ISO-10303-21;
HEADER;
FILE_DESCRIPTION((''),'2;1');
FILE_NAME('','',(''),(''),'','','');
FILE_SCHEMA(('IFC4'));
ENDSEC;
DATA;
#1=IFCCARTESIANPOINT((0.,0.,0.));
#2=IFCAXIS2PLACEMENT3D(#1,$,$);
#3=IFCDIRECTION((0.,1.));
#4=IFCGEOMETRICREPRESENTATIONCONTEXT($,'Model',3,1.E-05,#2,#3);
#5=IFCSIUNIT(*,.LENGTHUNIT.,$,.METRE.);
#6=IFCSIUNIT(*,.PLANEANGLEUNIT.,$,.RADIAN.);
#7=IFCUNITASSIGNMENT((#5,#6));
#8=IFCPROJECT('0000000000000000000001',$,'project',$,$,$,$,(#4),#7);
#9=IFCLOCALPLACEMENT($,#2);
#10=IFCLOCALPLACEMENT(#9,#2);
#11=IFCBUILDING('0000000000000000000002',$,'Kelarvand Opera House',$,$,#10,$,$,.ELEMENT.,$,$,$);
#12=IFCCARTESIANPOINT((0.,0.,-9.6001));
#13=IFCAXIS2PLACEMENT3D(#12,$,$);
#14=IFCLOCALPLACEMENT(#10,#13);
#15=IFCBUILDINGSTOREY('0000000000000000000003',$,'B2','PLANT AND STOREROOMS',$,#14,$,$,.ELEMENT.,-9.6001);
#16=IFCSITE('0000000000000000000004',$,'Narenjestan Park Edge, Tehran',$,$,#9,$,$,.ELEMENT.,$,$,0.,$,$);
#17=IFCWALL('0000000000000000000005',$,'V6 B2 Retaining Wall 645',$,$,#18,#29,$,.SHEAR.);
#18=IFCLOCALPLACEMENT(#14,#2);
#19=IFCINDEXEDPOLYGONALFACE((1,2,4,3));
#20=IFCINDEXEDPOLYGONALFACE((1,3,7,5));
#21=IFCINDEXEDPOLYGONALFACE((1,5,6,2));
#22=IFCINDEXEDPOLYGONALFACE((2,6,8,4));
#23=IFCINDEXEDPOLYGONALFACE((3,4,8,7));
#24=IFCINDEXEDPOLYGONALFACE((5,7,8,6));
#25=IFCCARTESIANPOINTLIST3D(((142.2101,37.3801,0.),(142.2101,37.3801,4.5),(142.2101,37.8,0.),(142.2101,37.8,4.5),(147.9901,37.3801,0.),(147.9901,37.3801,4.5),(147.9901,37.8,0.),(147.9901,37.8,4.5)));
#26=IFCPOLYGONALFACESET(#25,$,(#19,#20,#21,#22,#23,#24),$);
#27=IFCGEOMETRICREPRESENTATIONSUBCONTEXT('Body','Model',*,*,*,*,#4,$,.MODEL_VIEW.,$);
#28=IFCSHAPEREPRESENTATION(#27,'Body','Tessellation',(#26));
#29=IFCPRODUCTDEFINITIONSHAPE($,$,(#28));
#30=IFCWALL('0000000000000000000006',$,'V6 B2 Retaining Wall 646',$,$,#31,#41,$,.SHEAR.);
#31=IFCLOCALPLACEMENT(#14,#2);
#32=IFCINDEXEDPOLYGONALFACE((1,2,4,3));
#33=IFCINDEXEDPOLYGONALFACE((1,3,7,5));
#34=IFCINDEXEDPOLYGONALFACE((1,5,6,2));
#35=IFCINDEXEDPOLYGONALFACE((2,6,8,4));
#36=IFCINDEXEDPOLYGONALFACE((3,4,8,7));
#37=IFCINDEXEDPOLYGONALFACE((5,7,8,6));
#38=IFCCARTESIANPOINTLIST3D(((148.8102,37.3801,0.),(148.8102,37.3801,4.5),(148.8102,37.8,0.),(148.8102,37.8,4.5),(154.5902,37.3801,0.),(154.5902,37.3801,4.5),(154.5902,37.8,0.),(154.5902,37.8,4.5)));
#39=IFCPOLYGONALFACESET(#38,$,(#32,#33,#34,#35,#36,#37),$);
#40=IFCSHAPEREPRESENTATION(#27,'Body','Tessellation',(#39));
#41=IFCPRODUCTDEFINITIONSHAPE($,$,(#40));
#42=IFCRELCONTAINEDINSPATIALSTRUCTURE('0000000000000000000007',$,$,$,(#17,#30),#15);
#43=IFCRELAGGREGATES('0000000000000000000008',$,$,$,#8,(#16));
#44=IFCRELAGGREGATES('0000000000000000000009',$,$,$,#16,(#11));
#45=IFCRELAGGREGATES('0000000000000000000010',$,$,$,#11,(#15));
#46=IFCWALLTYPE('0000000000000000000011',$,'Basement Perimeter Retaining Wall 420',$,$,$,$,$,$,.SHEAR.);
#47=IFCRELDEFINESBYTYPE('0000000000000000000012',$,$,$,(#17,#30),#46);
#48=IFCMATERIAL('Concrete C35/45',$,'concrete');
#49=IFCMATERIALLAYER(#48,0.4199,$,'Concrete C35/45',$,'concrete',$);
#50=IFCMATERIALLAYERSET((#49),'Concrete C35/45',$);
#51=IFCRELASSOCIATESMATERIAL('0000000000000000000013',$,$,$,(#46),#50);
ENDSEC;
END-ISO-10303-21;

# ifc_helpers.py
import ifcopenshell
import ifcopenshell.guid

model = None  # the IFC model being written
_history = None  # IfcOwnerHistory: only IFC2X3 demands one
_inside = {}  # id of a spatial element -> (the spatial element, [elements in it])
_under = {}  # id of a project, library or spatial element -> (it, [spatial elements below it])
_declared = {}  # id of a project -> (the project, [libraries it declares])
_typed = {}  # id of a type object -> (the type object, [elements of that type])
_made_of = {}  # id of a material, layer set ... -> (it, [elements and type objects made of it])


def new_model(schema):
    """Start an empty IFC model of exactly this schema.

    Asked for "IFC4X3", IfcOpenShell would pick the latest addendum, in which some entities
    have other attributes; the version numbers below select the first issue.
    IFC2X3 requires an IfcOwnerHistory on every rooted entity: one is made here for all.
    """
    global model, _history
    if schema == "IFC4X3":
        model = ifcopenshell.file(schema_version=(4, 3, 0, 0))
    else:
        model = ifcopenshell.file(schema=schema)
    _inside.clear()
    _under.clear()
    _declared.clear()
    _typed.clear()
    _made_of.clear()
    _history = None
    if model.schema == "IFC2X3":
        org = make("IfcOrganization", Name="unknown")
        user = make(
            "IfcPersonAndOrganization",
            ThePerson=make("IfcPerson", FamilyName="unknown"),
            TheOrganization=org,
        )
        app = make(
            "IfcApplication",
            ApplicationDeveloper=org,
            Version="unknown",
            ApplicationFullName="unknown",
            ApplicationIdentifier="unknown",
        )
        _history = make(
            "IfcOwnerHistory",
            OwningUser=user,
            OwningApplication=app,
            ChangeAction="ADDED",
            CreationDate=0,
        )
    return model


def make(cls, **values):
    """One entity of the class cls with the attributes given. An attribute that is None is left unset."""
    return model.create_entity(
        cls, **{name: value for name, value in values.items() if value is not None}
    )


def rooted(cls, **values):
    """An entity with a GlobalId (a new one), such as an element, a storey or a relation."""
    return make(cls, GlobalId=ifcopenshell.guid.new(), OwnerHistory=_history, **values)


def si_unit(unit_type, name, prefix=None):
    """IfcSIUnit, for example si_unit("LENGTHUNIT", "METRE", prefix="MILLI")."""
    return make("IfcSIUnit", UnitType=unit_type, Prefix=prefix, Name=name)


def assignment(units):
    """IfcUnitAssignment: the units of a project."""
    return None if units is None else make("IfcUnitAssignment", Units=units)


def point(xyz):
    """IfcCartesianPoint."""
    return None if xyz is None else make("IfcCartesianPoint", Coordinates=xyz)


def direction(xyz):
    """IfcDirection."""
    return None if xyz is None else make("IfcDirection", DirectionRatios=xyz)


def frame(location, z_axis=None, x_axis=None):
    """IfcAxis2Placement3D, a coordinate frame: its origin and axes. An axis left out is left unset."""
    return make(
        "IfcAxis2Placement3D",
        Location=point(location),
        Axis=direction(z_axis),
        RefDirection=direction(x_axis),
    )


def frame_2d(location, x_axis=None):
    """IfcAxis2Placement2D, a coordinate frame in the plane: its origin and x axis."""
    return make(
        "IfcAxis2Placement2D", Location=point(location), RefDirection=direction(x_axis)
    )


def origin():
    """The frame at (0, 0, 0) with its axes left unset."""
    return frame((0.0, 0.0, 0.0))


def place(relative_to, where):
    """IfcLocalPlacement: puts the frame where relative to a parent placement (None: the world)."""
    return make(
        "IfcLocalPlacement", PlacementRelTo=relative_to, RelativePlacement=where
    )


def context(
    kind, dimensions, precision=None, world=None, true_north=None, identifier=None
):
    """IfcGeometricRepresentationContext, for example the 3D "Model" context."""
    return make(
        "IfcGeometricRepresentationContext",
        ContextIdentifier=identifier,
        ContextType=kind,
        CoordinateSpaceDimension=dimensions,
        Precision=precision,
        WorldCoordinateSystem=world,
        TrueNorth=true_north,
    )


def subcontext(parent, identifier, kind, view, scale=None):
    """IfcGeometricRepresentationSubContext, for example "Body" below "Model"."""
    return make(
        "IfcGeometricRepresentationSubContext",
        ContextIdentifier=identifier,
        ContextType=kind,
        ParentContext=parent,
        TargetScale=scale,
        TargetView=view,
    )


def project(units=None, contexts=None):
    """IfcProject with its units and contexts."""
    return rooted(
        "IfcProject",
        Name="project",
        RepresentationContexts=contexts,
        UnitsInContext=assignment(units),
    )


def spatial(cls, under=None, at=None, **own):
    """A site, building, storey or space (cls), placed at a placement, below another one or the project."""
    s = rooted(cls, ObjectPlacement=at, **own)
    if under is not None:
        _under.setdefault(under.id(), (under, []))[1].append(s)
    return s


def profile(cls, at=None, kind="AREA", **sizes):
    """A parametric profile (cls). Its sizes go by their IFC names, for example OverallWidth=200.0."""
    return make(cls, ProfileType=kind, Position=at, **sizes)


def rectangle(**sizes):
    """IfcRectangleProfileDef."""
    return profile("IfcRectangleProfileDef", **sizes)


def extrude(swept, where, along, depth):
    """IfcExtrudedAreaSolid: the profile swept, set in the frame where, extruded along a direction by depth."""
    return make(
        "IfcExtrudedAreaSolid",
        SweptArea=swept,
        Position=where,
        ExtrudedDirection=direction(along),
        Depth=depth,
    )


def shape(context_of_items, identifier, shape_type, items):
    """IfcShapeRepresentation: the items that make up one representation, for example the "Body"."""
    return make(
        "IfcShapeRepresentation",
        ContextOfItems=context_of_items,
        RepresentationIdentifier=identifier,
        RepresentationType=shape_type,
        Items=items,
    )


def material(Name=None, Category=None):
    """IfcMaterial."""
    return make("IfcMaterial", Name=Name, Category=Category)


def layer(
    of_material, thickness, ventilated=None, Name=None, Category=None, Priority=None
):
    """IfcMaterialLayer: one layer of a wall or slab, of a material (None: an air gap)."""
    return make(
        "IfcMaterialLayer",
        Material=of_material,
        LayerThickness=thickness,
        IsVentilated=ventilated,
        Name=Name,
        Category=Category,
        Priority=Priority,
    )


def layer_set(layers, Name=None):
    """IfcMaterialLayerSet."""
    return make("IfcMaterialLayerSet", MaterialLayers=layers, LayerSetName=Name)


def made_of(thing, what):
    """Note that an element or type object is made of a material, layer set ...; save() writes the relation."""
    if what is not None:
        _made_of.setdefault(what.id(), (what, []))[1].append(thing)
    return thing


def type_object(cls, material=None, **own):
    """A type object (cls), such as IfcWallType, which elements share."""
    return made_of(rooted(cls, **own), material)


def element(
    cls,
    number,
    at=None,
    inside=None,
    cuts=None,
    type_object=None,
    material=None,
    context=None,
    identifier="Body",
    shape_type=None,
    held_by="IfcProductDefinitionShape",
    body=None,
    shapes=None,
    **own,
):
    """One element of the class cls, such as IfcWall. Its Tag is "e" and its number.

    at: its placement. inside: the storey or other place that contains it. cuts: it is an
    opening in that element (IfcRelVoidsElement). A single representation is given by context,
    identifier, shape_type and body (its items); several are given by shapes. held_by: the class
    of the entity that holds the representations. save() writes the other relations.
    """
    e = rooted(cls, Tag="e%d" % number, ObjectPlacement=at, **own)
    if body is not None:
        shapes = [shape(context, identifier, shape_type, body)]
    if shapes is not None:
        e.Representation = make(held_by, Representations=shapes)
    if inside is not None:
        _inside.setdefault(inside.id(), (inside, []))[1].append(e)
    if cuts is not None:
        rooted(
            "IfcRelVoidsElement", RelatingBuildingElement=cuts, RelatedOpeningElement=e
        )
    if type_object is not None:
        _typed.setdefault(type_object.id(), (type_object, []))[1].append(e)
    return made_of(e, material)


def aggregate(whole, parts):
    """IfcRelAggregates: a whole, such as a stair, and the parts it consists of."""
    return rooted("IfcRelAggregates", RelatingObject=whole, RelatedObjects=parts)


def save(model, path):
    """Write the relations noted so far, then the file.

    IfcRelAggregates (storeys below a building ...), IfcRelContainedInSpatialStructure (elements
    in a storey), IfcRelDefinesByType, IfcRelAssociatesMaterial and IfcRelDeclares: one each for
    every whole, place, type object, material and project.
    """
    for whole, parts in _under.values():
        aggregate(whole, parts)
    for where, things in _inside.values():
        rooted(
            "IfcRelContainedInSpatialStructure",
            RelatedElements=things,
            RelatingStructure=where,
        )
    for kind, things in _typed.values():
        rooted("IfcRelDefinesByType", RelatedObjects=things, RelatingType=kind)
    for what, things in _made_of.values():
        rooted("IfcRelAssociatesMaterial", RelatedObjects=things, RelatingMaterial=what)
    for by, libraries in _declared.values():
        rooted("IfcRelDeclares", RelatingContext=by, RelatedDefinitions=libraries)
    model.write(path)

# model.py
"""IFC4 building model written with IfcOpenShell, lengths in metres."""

from ifc_helpers import new_model, si_unit, direction, frame, frame_2d, origin, place, context, subcontext, project, spatial, rectangle, extrude, material, layer, layer_set, type_object, element, save


model = new_model("IFC4")

# Units and contexts
model_context = context("Model", 3, precision=1e-05, world=origin(), true_north=direction((0.0, 1.0)))
body_context = subcontext(model_context, "Body", "Model", "MODEL_VIEW")
ifc_project = project(units=[si_unit("LENGTHUNIT", "METRE"), si_unit("PLANEANGLEUNIT", "RADIAN")], contexts=[model_context])

# Site, building, storey
site_placement = place(None, origin())
site = spatial("IfcSite", under=ifc_project, at=site_placement, Name="Narenjestan Park Edge, Tehran", CompositionType="ELEMENT", RefElevation=0.0)
building_placement = place(site_placement, origin())
building = spatial("IfcBuilding", under=site, at=building_placement, Name="Kelarvand Opera House", CompositionType="ELEMENT")
storey_placement = place(building_placement, frame((0.0, 0.0, -9.6001)))
storey = spatial("IfcBuildingStorey", under=building, at=storey_placement, Name="B2", Description="PLANT AND STOREROOMS", CompositionType="ELEMENT", Elevation=-9.6001)

# Walls
ifc_material_1 = material(Name="Concrete C35/45", Category="concrete")
ifc_layer = layer(ifc_material_1, 0.4199, Name="Concrete C35/45", Category="concrete")
ifc_layer_set = layer_set([ifc_layer], Name="Concrete C35/45")
wall_type = type_object("IfcWallType", Name="Basement Perimeter Retaining Wall 420", PredefinedType="SHEAR", material=ifc_layer_set)
for number, where, z_axis, x_axis, name in (
    (1, (142.21, 37.5901, 0.0), (0.0, 0.0, 1.0), (1.0, 0.0, 0.0), "V6 B2 Retaining Wall 645"),
    (2, (148.8101, 37.5901, 0.0), (0.0, 0.0, 1.0), (1.0, 0.0, 0.0), "V6 B2 Retaining Wall 646"),
):
    element("IfcWall", number, at=place(storey_placement, frame(where, z_axis=z_axis, x_axis=x_axis)), inside=storey, type_object=wall_type, Name=name, PredefinedType="SHEAR", context=body_context, shape_type="SweptSolid", body=[
        extrude(rectangle(XDim=5.78, YDim=0.4199, at=frame_2d((2.8901, 0.0))), origin(), (0.0, 0.0, 1.0), 4.5),
    ])

save(model, "model.ifc")
